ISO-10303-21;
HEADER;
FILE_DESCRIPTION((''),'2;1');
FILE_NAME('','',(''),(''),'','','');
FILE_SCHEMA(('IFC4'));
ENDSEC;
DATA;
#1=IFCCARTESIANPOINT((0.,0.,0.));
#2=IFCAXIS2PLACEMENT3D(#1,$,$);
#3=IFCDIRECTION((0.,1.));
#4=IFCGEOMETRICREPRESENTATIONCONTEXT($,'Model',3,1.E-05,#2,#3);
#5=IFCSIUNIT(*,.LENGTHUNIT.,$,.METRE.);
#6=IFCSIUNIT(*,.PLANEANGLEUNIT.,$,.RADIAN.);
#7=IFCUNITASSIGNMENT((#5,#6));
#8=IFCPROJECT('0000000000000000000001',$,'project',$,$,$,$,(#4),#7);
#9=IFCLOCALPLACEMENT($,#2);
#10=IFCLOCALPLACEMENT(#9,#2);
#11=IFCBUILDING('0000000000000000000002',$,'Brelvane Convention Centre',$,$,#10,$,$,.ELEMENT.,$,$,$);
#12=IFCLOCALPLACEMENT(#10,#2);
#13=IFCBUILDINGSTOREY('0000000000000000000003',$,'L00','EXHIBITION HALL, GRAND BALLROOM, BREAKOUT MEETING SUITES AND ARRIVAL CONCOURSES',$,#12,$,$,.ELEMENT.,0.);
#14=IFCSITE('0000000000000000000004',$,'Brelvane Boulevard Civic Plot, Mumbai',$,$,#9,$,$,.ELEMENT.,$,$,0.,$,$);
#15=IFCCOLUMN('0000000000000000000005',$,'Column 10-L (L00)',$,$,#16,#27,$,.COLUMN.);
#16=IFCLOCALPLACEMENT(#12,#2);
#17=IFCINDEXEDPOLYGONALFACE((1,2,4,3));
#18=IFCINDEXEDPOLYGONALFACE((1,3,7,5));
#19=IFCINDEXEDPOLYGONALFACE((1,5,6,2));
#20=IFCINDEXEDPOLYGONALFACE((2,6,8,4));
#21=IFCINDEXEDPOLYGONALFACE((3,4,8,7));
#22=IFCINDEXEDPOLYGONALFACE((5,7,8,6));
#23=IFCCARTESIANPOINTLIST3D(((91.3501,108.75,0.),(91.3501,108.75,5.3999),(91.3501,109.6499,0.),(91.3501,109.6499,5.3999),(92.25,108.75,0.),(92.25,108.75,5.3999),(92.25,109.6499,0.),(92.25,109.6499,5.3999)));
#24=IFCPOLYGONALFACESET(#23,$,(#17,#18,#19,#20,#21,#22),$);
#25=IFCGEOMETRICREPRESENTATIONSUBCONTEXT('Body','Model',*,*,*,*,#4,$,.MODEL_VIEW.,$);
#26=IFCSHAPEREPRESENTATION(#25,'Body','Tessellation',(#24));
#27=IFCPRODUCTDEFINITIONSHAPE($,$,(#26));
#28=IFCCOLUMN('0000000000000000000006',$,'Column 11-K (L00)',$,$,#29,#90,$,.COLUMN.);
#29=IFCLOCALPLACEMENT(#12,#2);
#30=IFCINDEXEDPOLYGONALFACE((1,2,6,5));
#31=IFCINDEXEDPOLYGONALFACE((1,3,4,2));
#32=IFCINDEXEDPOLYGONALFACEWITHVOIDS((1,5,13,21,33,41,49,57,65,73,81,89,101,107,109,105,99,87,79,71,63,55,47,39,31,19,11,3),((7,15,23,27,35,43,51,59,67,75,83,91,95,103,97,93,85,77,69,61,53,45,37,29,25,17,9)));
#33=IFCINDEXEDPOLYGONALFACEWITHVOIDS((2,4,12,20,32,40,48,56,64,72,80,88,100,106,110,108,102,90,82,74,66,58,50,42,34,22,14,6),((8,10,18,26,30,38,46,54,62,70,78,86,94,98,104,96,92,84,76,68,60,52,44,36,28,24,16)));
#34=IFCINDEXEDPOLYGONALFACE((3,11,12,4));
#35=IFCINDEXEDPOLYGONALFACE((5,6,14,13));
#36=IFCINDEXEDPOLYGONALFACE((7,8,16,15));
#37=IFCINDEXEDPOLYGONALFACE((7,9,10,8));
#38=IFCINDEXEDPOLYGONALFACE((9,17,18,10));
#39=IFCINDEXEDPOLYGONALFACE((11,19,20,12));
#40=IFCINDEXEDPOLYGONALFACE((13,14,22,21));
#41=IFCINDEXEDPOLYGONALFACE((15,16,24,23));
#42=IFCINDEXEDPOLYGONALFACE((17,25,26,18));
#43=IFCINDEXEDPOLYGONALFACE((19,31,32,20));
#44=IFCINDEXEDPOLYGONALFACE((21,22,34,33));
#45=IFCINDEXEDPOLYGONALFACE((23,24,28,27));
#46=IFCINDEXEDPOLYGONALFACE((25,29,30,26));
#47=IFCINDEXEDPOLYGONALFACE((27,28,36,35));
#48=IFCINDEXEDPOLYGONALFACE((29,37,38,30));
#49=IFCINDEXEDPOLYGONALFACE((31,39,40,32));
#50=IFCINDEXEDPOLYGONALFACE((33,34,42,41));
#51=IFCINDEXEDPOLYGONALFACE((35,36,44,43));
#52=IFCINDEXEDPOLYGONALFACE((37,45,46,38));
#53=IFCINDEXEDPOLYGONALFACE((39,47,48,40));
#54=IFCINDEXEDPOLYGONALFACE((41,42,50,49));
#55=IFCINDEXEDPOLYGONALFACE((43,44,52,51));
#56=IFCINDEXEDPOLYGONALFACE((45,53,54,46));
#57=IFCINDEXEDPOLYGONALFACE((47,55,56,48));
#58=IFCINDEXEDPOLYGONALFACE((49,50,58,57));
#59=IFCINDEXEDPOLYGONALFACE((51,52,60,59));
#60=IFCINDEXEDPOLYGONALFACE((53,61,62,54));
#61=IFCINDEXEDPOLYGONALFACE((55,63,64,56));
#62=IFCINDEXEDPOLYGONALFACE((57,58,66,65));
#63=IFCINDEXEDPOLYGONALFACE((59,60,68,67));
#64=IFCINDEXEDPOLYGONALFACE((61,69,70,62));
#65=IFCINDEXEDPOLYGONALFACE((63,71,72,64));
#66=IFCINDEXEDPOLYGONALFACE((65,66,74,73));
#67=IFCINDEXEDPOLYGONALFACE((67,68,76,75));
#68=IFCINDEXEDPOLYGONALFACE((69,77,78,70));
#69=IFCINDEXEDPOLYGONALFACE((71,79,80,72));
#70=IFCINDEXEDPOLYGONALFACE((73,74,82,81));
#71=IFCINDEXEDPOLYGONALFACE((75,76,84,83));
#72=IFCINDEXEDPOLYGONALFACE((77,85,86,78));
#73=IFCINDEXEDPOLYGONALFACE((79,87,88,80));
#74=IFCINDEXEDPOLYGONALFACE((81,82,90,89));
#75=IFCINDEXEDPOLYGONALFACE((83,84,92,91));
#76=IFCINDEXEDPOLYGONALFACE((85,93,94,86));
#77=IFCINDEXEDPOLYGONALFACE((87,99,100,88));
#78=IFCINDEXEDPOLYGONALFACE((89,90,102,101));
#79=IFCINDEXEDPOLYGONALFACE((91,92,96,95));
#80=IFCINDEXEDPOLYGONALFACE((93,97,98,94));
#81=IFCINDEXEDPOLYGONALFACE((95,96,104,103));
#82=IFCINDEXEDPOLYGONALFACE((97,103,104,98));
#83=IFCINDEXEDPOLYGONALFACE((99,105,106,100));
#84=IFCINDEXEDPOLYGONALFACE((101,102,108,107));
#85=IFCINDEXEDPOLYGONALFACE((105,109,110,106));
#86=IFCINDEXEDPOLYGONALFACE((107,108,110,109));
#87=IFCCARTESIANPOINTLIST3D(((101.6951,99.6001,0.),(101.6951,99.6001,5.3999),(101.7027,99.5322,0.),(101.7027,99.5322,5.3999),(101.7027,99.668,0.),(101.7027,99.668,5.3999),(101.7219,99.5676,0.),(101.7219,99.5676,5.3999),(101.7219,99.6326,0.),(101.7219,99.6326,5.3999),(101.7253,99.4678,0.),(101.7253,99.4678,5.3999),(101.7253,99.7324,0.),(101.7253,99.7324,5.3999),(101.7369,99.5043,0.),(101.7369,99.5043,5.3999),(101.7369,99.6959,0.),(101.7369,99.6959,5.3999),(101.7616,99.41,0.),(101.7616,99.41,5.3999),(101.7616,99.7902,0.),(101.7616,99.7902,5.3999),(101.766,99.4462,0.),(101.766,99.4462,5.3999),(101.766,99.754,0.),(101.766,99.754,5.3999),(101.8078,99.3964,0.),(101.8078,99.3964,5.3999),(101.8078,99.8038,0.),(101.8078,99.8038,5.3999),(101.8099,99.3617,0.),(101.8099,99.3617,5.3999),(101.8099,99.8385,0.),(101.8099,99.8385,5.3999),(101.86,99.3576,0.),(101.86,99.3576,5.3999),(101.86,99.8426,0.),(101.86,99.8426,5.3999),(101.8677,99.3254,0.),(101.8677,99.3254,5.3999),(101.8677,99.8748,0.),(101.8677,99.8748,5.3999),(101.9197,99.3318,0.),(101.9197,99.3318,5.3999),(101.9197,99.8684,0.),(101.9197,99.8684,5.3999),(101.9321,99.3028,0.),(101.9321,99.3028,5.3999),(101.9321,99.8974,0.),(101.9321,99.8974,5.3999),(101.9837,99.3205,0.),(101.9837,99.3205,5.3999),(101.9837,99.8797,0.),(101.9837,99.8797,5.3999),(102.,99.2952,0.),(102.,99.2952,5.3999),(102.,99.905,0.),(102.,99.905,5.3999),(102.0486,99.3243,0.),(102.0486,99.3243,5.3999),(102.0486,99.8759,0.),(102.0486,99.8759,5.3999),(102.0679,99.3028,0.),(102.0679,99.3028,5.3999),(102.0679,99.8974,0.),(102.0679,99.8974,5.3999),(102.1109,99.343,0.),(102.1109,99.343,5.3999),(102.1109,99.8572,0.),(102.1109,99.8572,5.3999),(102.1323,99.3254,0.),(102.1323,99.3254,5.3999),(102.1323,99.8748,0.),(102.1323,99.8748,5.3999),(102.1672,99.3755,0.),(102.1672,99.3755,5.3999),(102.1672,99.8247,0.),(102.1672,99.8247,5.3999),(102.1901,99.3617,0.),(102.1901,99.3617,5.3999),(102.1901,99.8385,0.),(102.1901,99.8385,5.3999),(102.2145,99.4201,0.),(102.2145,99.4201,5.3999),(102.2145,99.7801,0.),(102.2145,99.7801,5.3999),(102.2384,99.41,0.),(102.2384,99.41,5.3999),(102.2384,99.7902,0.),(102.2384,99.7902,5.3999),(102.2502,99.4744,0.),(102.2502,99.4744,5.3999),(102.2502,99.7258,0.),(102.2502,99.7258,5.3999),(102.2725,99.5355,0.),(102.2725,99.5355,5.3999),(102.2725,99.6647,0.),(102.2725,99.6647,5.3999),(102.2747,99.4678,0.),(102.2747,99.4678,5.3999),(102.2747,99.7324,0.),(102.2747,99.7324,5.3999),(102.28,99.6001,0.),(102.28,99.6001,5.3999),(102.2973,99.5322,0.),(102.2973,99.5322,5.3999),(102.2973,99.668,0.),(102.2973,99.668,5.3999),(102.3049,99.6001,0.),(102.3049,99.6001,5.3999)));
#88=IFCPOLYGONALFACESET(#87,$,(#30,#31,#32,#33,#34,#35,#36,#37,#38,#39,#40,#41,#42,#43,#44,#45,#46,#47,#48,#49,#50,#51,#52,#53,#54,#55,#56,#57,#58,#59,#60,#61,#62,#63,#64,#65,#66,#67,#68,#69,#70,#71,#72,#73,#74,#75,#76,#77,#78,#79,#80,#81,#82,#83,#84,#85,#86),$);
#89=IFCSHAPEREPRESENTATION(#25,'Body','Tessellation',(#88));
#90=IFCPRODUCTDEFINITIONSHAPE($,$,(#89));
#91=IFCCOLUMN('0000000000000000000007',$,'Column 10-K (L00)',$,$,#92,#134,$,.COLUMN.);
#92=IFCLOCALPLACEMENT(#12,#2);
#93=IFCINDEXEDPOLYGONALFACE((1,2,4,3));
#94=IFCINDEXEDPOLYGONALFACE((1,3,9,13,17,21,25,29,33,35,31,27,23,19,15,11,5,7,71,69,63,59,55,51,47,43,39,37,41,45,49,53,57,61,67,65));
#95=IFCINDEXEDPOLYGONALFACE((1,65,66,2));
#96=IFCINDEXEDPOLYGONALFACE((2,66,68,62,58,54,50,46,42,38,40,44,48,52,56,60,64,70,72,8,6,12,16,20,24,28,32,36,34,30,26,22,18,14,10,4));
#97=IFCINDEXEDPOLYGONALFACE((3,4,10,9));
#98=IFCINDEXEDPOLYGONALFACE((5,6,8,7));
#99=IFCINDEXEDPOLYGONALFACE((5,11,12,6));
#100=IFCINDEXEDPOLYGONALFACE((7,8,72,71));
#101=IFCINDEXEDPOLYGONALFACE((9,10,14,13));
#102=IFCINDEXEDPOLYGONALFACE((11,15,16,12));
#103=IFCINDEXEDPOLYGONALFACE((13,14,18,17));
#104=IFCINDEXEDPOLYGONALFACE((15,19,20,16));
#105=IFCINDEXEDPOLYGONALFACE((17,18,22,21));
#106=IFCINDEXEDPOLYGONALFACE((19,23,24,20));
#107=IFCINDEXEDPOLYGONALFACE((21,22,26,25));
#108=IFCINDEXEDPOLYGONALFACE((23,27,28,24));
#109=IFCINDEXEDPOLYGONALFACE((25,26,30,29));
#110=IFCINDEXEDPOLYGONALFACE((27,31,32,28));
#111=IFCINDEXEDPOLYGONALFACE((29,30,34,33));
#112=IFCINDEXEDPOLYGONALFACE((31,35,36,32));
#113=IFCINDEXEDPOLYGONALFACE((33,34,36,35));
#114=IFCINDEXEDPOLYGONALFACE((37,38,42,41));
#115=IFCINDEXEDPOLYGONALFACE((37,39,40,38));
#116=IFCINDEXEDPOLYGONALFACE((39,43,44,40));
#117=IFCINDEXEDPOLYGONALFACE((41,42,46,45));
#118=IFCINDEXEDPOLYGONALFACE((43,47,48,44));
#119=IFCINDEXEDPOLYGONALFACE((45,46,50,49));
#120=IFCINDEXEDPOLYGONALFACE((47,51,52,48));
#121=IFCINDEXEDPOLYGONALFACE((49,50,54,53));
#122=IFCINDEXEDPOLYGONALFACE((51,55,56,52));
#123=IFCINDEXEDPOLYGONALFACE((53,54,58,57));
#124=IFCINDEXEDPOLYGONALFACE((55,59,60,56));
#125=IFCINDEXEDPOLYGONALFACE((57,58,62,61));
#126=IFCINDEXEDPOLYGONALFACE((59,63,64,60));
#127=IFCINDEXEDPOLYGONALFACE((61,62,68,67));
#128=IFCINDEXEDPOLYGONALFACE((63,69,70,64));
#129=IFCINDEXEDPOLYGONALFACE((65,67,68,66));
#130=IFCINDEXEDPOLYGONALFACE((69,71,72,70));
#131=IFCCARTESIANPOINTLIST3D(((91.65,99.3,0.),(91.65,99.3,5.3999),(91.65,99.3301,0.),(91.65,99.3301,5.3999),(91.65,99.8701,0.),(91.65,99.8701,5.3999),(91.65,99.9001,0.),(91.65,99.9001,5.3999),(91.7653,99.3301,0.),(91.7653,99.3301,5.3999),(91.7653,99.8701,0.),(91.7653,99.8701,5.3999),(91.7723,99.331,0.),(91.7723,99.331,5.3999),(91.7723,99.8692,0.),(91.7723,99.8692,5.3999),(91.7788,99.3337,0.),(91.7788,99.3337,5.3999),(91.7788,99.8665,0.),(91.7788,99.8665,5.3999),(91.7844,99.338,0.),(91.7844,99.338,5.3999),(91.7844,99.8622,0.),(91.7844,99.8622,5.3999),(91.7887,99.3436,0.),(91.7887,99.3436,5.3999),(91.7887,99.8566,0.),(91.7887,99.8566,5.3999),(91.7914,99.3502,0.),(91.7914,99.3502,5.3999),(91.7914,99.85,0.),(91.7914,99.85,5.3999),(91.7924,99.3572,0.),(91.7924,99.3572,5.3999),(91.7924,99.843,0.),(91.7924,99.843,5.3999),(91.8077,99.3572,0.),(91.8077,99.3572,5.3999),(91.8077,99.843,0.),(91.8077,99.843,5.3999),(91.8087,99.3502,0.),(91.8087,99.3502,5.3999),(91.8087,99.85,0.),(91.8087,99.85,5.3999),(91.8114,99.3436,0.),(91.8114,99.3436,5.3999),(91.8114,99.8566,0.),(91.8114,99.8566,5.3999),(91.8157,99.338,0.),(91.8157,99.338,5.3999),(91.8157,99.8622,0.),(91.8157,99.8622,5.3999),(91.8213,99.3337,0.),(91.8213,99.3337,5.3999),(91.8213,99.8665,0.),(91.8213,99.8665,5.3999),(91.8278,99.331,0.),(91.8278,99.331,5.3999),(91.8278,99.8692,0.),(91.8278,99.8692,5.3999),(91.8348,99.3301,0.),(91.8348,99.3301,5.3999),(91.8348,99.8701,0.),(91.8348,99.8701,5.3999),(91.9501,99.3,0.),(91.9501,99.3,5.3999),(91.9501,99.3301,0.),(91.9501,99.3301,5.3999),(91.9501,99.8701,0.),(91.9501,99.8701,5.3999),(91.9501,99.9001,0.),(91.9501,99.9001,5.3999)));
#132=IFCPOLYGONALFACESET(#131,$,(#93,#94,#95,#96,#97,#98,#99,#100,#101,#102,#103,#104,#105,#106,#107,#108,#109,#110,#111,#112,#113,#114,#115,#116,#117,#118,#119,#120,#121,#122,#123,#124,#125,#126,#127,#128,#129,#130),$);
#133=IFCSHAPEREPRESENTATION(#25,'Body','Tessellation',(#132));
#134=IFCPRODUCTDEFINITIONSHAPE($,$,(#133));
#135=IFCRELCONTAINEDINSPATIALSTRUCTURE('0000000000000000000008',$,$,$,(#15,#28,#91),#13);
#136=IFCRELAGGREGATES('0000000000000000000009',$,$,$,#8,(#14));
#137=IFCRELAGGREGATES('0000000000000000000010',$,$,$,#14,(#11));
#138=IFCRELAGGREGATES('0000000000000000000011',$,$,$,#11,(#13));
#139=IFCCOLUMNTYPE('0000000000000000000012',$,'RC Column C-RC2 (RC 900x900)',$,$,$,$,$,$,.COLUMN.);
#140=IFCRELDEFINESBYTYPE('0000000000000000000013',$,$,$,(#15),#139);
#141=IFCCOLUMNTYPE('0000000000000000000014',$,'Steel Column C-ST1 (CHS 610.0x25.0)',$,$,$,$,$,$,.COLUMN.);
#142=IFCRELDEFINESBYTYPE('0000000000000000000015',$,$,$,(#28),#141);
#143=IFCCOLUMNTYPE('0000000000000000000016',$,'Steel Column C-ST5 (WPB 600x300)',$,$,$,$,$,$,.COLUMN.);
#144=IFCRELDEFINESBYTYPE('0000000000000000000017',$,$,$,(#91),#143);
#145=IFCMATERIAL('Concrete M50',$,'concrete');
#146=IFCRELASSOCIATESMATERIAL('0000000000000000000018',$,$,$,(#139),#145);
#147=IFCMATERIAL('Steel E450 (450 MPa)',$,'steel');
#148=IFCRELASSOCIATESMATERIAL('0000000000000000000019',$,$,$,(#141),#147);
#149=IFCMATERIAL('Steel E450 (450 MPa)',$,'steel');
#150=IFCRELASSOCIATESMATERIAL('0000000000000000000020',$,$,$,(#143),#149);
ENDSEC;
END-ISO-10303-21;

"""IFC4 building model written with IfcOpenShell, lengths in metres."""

from ifc_helpers import new_model, si_unit, direction, frame, origin, origin_2d, place, context, subcontext, project, spatial, rectangle, hollow_circle, i_section, extrude, material, material_profile, profile_set, type_object, element, save


model = new_model("IFC4")

# Units and contexts
model_context = context("Model", 3, precision=1e-05, world=origin(), true_north=direction((0.0, 1.0)))
body_context = subcontext(model_context, "Body", "Model", "MODEL_VIEW")
ifc_project = project(units=[si_unit("LENGTHUNIT", "METRE"), si_unit("PLANEANGLEUNIT", "RADIAN")], contexts=[model_context])

# Site, building, storey
site_placement = place(None, origin())
site = spatial("IfcSite", under=ifc_project, at=site_placement, Name="Brelvane Boulevard Civic Plot, Mumbai", CompositionType="ELEMENT", RefElevation=0.0)
building_placement = place(site_placement, origin())
building = spatial("IfcBuilding", under=site, at=building_placement, Name="Brelvane Convention Centre", CompositionType="ELEMENT")
storey_placement = place(building_placement, origin())
storey = spatial("IfcBuildingStorey", under=building, at=storey_placement, Name="L00", Description="EXHIBITION HALL, GRAND BALLROOM, BREAKOUT MEETING SUITES AND ARRIVAL CONCOURSES", CompositionType="ELEMENT", Elevation=0.0)

# Columns
ifc_material_1 = material(Name="Concrete M50", Category="concrete")
ifc_material_profile_1 = material_profile(ifc_material_1, rectangle(XDim=0.8999, YDim=0.8999, at=origin_2d()), Name="RC 900x900")
ifc_profile_set_1 = profile_set([ifc_material_profile_1], Name="Concrete M50")
column_type_1 = type_object("IfcColumnType", Name="RC Column C-RC2 (RC 900x900)", PredefinedType="COLUMN", material=ifc_profile_set_1)
column_1_placement = place(storey_placement, frame((91.8, 109.2, 0.0), z_axis=(0.0, 0.0, 1.0), x_axis=(1.0, 0.0, 0.0)))
element("IfcColumn", 1, at=column_1_placement, inside=storey, type_object=column_type_1, Name="Column 10-L (L00)", PredefinedType="COLUMN", context=body_context, shape_type="SweptSolid", body=[
    extrude(rectangle(XDim=0.8999, YDim=0.8999, at=origin_2d()), origin(), (0.0, 0.0, 1.0), 5.3999),
])
ifc_material_2 = material(Name="Steel E450 (450 MPa)", Category="steel")
ifc_material_profile_2 = material_profile(ifc_material_2, hollow_circle(Radius=0.3049, WallThickness=0.0249, at=origin_2d()), Name="CHS 610.0x25.0")
ifc_profile_set_2 = profile_set([ifc_material_profile_2], Name="Steel E450 (450 MPa)")
column_type_2 = type_object("IfcColumnType", Name="Steel Column C-ST1 (CHS 610.0x25.0)", PredefinedType="COLUMN", material=ifc_profile_set_2)
column_2_placement = place(storey_placement, frame((102.0, 99.6001, 0.0), z_axis=(0.0, 0.0, 1.0), x_axis=(1.0, 0.0, 0.0)))
element("IfcColumn", 2, at=column_2_placement, inside=storey, type_object=column_type_2, Name="Column 11-K (L00)", PredefinedType="COLUMN", context=body_context, shape_type="SweptSolid", body=[
    extrude(hollow_circle(Radius=0.3049, WallThickness=0.0249, at=origin_2d()), origin(), (0.0, 0.0, 1.0), 5.3999),
])
ifc_material_3 = material(Name="Steel E450 (450 MPa)", Category="steel")
ifc_material_profile_3 = material_profile(ifc_material_3, i_section(OverallWidth=0.3, OverallDepth=0.6001, WebThickness=0.0154, FlangeThickness=0.03, FilletRadius=0.0271, at=origin_2d()), Name="WPB 600x300")
ifc_profile_set_3 = profile_set([ifc_material_profile_3], Name="Steel E450 (450 MPa)")
column_type_3 = type_object("IfcColumnType", Name="Steel Column C-ST5 (WPB 600x300)", PredefinedType="COLUMN", material=ifc_profile_set_3)
column_3_placement = place(storey_placement, frame((91.8, 99.6001, 0.0), z_axis=(0.0, 0.0, 1.0), x_axis=(1.0, 0.0, 0.0)))
element("IfcColumn", 3, at=column_3_placement, inside=storey, type_object=column_type_3, Name="Column 10-K (L00)", PredefinedType="COLUMN", context=body_context, shape_type="SweptSolid", body=[
    extrude(i_section(OverallWidth=0.3, OverallDepth=0.6001, WebThickness=0.0154, FlangeThickness=0.03, FilletRadius=0.0271, at=origin_2d()), origin(), (0.0, 0.0, 1.0), 5.3999),
])

save(model, "model.ifc")
